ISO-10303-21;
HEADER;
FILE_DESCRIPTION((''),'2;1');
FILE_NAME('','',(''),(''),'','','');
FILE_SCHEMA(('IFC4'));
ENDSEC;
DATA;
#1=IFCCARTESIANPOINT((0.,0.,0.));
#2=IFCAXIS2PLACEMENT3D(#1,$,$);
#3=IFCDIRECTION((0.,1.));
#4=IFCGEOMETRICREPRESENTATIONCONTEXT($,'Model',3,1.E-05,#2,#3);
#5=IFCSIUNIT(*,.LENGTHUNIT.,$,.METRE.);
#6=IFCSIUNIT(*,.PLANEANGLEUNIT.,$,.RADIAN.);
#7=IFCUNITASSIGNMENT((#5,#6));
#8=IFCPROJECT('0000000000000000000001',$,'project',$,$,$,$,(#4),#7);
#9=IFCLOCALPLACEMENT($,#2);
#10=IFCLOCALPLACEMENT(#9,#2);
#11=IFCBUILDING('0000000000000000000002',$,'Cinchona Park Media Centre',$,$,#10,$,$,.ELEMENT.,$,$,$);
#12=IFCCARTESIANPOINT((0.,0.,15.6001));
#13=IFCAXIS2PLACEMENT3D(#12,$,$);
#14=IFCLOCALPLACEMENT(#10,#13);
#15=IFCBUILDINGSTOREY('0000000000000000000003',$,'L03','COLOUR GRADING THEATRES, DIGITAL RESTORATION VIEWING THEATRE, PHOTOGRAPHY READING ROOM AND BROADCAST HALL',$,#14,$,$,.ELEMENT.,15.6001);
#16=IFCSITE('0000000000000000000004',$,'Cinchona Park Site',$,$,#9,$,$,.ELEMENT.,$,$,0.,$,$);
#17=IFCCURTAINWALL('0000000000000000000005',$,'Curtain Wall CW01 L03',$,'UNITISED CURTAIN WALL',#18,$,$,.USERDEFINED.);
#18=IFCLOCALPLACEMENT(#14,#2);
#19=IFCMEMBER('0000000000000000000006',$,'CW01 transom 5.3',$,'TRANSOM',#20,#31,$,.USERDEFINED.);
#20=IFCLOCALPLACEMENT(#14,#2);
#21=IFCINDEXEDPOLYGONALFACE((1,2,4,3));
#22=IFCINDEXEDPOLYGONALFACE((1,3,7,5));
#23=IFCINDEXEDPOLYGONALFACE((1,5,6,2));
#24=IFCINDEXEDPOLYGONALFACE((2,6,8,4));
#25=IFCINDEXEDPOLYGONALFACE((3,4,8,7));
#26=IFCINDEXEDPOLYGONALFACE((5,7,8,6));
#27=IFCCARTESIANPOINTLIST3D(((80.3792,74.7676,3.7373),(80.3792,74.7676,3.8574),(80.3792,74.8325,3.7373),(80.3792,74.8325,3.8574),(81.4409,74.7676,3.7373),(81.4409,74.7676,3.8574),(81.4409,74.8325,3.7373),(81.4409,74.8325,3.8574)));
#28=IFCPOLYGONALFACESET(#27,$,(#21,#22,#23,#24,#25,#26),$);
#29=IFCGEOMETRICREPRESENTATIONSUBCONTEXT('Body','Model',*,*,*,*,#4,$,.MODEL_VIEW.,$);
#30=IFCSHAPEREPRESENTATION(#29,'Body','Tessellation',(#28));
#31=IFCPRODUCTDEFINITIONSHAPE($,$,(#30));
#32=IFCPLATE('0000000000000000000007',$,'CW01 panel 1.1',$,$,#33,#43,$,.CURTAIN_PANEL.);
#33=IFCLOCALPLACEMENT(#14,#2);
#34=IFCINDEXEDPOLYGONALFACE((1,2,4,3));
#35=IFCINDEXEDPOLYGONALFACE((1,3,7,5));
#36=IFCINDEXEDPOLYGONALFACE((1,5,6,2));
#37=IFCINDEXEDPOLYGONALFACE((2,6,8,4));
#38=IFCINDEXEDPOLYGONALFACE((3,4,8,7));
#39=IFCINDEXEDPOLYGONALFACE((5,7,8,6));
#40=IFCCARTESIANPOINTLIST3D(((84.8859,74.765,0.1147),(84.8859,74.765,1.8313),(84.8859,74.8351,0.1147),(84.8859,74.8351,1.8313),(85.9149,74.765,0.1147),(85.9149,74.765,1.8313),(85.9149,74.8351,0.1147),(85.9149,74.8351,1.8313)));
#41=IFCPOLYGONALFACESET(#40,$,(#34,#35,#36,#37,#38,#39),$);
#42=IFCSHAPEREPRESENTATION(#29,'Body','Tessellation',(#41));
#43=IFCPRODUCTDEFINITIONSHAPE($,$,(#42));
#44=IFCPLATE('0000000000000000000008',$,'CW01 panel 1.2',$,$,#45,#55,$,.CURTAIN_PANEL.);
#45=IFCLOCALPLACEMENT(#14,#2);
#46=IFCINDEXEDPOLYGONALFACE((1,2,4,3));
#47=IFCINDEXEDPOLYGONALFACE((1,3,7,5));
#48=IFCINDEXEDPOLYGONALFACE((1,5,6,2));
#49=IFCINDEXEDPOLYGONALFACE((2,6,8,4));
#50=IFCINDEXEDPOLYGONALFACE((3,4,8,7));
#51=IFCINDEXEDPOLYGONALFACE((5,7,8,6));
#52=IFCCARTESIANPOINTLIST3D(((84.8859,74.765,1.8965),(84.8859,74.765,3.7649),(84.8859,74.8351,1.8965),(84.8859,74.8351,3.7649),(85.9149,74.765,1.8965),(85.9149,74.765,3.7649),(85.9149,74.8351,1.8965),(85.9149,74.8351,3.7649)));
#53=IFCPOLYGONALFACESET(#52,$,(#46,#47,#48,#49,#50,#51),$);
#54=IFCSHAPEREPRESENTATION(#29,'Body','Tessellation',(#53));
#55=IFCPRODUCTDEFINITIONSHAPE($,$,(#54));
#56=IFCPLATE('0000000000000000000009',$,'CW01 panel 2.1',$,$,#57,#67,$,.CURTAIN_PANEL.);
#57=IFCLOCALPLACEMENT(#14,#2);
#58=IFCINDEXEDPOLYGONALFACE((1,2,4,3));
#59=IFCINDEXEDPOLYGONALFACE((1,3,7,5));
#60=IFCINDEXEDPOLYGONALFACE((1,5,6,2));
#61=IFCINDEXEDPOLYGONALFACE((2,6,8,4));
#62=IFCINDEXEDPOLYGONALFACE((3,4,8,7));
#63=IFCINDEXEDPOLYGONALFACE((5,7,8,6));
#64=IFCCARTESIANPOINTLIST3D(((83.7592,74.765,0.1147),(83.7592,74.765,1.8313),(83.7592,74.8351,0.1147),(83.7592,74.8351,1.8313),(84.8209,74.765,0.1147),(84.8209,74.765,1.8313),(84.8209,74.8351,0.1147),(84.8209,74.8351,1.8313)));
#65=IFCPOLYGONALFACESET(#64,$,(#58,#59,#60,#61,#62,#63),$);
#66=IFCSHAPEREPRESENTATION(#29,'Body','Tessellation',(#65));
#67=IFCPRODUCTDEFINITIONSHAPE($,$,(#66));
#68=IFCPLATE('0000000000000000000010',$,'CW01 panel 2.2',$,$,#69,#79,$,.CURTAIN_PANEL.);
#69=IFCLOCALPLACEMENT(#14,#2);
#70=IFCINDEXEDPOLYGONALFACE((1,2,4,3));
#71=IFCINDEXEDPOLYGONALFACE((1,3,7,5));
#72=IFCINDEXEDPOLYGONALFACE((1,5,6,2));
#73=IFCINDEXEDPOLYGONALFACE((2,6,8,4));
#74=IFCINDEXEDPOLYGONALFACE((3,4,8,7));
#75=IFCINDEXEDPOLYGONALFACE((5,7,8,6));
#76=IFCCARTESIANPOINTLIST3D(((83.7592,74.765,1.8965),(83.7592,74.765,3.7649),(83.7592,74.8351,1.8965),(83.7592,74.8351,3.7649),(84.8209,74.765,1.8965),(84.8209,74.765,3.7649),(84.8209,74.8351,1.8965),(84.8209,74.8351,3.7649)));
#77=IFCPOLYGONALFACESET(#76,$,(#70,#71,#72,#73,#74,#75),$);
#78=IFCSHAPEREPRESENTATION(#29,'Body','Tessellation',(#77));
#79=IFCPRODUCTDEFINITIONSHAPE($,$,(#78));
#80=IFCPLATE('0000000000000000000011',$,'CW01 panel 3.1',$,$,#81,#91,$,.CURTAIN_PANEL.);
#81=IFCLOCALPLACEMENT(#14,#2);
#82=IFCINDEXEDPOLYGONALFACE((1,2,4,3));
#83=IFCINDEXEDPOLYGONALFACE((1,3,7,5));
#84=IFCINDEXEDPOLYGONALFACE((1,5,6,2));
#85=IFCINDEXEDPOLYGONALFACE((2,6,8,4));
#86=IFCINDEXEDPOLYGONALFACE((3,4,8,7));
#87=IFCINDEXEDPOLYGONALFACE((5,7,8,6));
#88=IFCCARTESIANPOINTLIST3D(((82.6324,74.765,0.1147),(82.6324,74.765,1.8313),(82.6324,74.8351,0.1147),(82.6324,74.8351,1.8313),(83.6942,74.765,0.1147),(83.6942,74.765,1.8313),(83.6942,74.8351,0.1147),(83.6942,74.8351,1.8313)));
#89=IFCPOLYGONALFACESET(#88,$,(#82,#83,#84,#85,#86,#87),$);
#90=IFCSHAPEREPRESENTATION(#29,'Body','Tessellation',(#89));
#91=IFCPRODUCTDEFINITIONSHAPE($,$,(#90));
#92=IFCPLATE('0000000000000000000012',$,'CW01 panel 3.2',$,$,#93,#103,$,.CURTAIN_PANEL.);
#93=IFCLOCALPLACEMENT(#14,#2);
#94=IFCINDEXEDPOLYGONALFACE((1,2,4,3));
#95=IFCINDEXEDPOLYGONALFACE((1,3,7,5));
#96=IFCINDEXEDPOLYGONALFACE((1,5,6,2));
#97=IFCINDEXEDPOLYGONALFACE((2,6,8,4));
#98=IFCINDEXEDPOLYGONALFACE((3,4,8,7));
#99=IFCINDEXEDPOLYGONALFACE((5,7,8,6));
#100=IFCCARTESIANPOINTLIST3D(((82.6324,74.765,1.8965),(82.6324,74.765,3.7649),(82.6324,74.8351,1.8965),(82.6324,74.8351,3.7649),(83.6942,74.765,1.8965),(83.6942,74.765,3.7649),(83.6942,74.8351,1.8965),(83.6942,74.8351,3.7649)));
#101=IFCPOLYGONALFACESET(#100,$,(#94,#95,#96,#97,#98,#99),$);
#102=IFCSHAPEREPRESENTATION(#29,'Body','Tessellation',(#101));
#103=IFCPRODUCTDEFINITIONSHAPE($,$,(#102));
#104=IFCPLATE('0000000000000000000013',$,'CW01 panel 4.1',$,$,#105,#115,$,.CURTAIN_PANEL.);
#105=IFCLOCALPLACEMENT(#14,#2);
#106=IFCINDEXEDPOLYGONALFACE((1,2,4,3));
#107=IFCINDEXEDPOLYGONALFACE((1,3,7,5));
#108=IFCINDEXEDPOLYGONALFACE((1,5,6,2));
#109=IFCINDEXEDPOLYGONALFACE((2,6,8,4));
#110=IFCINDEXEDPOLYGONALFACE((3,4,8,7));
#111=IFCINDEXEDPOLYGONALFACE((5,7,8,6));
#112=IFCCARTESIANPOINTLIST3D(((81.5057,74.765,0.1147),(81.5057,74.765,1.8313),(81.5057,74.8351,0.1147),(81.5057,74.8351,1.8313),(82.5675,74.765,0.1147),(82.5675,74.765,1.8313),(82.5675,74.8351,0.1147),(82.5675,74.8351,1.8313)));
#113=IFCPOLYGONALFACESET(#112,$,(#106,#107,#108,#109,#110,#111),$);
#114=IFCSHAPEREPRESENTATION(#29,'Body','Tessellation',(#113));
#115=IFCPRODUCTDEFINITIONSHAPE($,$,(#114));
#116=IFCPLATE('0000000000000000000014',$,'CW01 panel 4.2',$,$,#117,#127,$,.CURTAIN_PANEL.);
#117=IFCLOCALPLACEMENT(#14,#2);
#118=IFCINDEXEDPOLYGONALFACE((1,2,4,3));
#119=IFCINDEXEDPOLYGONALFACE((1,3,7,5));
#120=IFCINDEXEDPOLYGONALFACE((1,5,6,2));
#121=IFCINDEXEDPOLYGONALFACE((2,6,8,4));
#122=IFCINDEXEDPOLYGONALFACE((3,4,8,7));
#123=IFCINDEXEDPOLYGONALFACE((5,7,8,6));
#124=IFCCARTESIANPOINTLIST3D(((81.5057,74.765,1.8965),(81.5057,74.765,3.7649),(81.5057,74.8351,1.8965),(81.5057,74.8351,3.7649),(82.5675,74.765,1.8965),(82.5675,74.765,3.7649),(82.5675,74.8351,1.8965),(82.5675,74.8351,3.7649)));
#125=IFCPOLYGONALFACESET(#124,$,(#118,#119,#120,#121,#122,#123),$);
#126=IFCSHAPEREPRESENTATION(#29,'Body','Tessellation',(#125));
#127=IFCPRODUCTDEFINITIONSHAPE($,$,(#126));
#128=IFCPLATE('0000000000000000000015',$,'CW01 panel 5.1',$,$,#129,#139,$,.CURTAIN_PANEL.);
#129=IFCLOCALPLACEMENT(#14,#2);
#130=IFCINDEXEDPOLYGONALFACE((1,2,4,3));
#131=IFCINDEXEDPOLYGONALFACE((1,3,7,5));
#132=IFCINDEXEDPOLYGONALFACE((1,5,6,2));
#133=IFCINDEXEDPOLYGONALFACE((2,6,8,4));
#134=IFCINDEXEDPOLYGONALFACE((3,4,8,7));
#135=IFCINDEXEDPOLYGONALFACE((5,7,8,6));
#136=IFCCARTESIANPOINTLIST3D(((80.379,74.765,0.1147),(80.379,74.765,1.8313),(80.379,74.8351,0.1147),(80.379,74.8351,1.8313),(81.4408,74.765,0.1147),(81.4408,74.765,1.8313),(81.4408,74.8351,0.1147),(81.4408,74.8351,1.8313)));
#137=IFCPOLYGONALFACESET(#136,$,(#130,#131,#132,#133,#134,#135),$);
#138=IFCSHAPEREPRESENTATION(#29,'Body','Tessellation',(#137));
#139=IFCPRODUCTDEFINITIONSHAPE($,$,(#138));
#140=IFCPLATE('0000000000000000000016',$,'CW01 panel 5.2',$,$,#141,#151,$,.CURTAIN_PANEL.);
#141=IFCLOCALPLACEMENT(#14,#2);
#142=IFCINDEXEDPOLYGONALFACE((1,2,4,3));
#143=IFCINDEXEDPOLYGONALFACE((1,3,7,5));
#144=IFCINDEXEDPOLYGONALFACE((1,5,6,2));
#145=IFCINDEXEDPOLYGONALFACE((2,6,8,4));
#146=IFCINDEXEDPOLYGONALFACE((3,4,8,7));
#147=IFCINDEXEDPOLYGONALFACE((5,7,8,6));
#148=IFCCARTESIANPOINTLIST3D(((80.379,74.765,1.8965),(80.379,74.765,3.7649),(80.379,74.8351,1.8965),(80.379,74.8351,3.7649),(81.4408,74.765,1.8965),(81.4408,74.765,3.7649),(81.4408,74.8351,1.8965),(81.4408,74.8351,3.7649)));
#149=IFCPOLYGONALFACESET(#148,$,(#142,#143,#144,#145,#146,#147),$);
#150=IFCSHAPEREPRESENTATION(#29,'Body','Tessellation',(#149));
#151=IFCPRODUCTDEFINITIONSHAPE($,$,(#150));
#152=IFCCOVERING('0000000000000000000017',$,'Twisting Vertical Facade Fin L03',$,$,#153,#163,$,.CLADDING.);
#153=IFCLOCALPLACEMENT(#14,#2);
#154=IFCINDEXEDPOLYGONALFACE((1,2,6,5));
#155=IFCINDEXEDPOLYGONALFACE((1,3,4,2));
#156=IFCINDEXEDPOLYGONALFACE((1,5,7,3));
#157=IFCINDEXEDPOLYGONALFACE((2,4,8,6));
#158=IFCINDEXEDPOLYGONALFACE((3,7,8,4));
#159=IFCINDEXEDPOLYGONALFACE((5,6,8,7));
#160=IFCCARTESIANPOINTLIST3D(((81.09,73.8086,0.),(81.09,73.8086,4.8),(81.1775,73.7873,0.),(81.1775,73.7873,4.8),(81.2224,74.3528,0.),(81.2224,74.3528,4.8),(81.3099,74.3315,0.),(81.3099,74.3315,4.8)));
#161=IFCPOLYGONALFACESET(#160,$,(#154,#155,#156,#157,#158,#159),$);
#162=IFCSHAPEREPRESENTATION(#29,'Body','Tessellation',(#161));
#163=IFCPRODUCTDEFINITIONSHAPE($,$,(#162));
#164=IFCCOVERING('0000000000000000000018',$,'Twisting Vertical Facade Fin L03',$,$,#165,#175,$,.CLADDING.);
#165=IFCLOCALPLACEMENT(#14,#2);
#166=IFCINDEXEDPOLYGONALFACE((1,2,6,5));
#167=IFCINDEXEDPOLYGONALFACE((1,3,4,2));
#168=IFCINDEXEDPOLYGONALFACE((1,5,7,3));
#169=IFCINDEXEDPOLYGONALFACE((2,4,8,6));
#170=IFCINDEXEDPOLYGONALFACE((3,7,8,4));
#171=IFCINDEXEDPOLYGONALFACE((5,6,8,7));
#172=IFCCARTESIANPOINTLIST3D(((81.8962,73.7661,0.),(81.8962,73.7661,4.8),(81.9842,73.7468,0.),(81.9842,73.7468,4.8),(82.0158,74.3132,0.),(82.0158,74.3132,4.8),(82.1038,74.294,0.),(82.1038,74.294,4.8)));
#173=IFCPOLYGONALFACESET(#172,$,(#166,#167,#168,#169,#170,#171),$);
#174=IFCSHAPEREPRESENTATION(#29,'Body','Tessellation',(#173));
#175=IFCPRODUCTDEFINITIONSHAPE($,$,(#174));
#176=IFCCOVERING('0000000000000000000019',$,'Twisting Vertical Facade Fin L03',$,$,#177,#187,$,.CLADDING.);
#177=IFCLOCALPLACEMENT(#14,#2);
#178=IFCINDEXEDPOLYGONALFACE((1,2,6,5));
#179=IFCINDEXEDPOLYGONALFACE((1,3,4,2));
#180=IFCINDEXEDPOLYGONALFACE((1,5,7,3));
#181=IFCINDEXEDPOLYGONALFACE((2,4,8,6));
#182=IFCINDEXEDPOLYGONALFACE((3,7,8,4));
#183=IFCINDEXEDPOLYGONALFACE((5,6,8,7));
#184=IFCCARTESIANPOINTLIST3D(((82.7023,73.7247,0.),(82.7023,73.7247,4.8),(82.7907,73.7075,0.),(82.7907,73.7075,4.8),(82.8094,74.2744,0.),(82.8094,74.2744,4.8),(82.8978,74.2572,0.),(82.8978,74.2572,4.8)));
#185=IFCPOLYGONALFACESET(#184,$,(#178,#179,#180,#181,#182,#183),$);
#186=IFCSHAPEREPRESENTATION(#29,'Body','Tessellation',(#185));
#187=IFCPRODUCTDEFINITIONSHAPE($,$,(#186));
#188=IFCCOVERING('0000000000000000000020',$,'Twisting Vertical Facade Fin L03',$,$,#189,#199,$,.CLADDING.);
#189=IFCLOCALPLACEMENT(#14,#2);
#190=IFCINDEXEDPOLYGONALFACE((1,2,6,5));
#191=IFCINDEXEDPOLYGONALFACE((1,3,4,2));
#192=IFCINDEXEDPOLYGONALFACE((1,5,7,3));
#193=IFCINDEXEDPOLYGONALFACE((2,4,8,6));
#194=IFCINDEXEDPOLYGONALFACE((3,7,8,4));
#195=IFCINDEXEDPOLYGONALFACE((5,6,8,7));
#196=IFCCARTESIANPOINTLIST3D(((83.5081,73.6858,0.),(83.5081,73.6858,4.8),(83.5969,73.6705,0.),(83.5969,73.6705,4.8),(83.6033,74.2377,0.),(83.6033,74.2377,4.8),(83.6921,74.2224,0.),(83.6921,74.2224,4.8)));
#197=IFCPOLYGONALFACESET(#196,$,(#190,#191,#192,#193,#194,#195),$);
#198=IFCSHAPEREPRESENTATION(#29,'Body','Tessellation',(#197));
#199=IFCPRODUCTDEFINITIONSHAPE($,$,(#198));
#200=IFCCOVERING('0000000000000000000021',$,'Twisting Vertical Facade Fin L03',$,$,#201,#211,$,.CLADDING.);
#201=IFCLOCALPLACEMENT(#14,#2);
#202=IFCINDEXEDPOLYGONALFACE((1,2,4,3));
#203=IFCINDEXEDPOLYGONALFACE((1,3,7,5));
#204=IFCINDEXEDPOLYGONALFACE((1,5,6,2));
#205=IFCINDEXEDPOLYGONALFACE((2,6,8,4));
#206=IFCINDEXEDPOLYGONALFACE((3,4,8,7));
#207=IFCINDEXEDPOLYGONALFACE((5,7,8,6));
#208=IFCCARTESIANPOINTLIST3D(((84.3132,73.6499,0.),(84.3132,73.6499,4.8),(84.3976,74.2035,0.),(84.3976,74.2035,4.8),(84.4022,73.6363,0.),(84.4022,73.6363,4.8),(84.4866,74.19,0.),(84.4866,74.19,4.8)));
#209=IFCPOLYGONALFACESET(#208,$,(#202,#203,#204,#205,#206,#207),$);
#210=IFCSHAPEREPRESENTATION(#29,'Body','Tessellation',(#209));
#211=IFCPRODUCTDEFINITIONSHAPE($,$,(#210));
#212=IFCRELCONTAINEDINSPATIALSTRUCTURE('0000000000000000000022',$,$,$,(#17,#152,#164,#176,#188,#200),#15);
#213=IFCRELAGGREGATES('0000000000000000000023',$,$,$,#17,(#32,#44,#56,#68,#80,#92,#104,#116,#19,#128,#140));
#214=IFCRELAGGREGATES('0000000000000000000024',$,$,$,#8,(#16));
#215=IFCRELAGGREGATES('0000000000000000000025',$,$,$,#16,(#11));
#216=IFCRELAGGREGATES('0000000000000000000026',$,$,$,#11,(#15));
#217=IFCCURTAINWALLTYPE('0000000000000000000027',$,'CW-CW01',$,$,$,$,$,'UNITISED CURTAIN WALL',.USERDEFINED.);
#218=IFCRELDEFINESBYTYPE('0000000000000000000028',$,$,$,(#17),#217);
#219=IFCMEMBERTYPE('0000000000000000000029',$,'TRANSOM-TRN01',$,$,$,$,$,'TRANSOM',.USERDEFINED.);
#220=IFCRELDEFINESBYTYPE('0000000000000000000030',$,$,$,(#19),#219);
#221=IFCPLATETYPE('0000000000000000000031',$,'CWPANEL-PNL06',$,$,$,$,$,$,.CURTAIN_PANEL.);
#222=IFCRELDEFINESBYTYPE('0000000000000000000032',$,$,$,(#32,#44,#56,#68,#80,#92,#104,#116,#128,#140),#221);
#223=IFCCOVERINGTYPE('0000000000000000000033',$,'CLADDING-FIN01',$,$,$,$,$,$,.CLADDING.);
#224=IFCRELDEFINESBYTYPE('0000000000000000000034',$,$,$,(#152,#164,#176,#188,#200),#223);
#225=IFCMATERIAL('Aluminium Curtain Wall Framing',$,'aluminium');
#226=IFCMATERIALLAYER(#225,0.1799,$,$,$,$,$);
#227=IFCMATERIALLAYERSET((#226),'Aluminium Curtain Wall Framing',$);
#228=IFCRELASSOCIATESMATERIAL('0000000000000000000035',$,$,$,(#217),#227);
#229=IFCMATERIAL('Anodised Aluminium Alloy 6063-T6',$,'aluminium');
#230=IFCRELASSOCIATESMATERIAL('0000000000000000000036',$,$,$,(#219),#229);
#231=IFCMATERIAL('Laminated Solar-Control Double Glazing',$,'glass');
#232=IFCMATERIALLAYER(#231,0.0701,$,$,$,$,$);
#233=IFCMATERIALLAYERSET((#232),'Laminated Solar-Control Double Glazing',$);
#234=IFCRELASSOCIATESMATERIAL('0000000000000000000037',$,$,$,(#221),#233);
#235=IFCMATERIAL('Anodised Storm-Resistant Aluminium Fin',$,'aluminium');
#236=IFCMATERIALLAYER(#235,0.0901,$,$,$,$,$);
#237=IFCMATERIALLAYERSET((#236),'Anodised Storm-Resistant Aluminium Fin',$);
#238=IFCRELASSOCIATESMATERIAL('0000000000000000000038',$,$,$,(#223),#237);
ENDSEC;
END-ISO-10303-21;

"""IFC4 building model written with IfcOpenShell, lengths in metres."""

from ifc_helpers import new_model, si_unit, direction, frame, origin, origin_2d, place, context, subcontext, project, spatial, rectangle, extrude, material, layer, layer_set, material_profile, profile_set, type_object, element, aggregate, save


model = new_model("IFC4")

# Units and contexts
model_context = context("Model", 3, precision=1e-05, world=origin(), true_north=direction((0.0, 1.0)))
body_context = subcontext(model_context, "Body", "Model", "MODEL_VIEW")
ifc_project = project(units=[si_unit("LENGTHUNIT", "METRE"), si_unit("PLANEANGLEUNIT", "RADIAN")], contexts=[model_context])

# Site, building, storey
site_placement = place(None, origin())
site = spatial("IfcSite", under=ifc_project, at=site_placement, Name="Cinchona Park Site", CompositionType="ELEMENT", RefElevation=0.0)
building_placement = place(site_placement, origin())
building = spatial("IfcBuilding", under=site, at=building_placement, Name="Cinchona Park Media Centre", CompositionType="ELEMENT")
storey_placement = place(building_placement, frame((0.0, 0.0, 15.6001)))
storey = spatial("IfcBuildingStorey", under=building, at=storey_placement, Name="L03", Description="COLOUR GRADING THEATRES, DIGITAL RESTORATION VIEWING THEATRE, PHOTOGRAPHY READING ROOM AND BROADCAST HALL", CompositionType="ELEMENT", Elevation=15.6001)

# Curtain wall, member, plates
ifc_material_1 = material(Name="Aluminium Curtain Wall Framing", Category="aluminium")
ifc_layer_1 = layer(ifc_material_1, 0.1799)
ifc_layer_set_1 = layer_set([ifc_layer_1], Name="Aluminium Curtain Wall Framing")
curtain_wall_type = type_object("IfcCurtainWallType", Name="CW-CW01", ElementType="UNITISED CURTAIN WALL", PredefinedType="USERDEFINED", material=ifc_layer_set_1)
curtain_wall_placement = place(storey_placement, origin())
curtain_wall = element("IfcCurtainWall", 1, at=curtain_wall_placement, inside=storey, type_object=curtain_wall_type, Name="Curtain Wall CW01 L03", ObjectType="UNITISED CURTAIN WALL", PredefinedType="USERDEFINED")
ifc_material_2 = material(Name="Anodised Aluminium Alloy 6063-T6", Category="aluminium")
ifc_material_profile_1 = material_profile(ifc_material_2, rectangle(XDim=0.0649, YDim=0.1201, at=origin_2d()), Name="TRN-65X120")
ifc_profile_set_1 = profile_set([ifc_material_profile_1], Name="Anodised Aluminium Alloy 6063-T6")
member_type_1 = type_object("IfcMemberType", Name="TRANSOM-TRN01", ElementType="TRANSOM", PredefinedType="USERDEFINED", material=ifc_profile_set_1)
member_1_placement = place(storey_placement, frame((81.4409, 74.8, 3.7974), z_axis=(-1.0, 0.0, 0.0), x_axis=(0.0, -1.0, 0.0)))
member_1 = element("IfcMember", 2, at=member_1_placement, type_object=member_type_1, Name="CW01 transom 5.3", ObjectType="TRANSOM", PredefinedType="USERDEFINED", context=body_context, shape_type="SweptSolid", body=[
    extrude(rectangle(XDim=0.0649, YDim=0.1201, at=origin_2d()), origin(), (0.0, 0.0, 1.0), 1.0618),
])
ifc_material_3 = material(Name="Laminated Solar-Control Double Glazing", Category="glass")
ifc_layer_2 = layer(ifc_material_3, 0.0701)
ifc_layer_set_2 = layer_set([ifc_layer_2], Name="Laminated Solar-Control Double Glazing")
plate_type = type_object("IfcPlateType", Name="CWPANEL-PNL06", PredefinedType="CURTAIN_PANEL", material=ifc_layer_set_2)
plate_1_placement = place(storey_placement, frame((85.4004, 74.8, 0.1147), z_axis=(0.0, 0.0, 1.0), x_axis=(-1.0, 0.0, 0.0)))
plate_1 = element("IfcPlate", 3, at=plate_1_placement, type_object=plate_type, Name="CW01 panel 1.1", PredefinedType="CURTAIN_PANEL", context=body_context, shape_type="SweptSolid", body=[
    extrude(rectangle(XDim=1.0291, YDim=0.0701, at=origin_2d()), origin(), (0.0, 0.0, 1.0), 1.7166),
])
plate_2_placement = place(storey_placement, frame((85.4004, 74.8, 1.8965), z_axis=(0.0, 0.0, 1.0), x_axis=(-1.0, 0.0, 0.0)))
plate_2 = element("IfcPlate", 4, at=plate_2_placement, type_object=plate_type, Name="CW01 panel 1.2", PredefinedType="CURTAIN_PANEL", context=body_context, shape_type="SweptSolid", body=[
    extrude(rectangle(XDim=1.0291, YDim=0.0701, at=origin_2d()), origin(), (0.0, 0.0, 1.0), 1.8684),
])
plate_3_placement = place(storey_placement, frame((84.29, 74.8, 0.1147), z_axis=(0.0, 0.0, 1.0), x_axis=(-1.0, 0.0, 0.0)))
plate_3 = element("IfcPlate", 5, at=plate_3_placement, type_object=plate_type, Name="CW01 panel 2.1", PredefinedType="CURTAIN_PANEL", context=body_context, shape_type="SweptSolid", body=[
    extrude(rectangle(XDim=1.0618, YDim=0.0701, at=origin_2d()), origin(), (0.0, 0.0, 1.0), 1.7166),
])
plate_4_placement = place(storey_placement, frame((84.29, 74.8, 1.8965), z_axis=(0.0, 0.0, 1.0), x_axis=(-1.0, 0.0, 0.0)))
plate_4 = element("IfcPlate", 6, at=plate_4_placement, type_object=plate_type, Name="CW01 panel 2.2", PredefinedType="CURTAIN_PANEL", context=body_context, shape_type="SweptSolid", body=[
    extrude(rectangle(XDim=1.0618, YDim=0.0701, at=origin_2d()), origin(), (0.0, 0.0, 1.0), 1.8684),
])
plate_5_placement = place(storey_placement, frame((83.1633, 74.8, 0.1147), z_axis=(0.0, 0.0, 1.0), x_axis=(-1.0, 0.0, 0.0)))
plate_5 = element("IfcPlate", 7, at=plate_5_placement, type_object=plate_type, Name="CW01 panel 3.1", PredefinedType="CURTAIN_PANEL", context=body_context, shape_type="SweptSolid", body=[
    extrude(rectangle(XDim=1.0618, YDim=0.0701, at=origin_2d()), origin(), (0.0, 0.0, 1.0), 1.7166),
])
plate_6_placement = place(storey_placement, frame((83.1633, 74.8, 1.8965), z_axis=(0.0, 0.0, 1.0), x_axis=(-1.0, 0.0, 0.0)))
plate_6 = element("IfcPlate", 8, at=plate_6_placement, type_object=plate_type, Name="CW01 panel 3.2", PredefinedType="CURTAIN_PANEL", context=body_context, shape_type="SweptSolid", body=[
    extrude(rectangle(XDim=1.0618, YDim=0.0701, at=origin_2d()), origin(), (0.0, 0.0, 1.0), 1.8684),
])
plate_7_placement = place(storey_placement, frame((82.0366, 74.8, 0.1147), z_axis=(0.0, 0.0, 1.0), x_axis=(-1.0, 0.0, 0.0)))
plate_7 = element("IfcPlate", 9, at=plate_7_placement, type_object=plate_type, Name="CW01 panel 4.1", PredefinedType="CURTAIN_PANEL", context=body_context, shape_type="SweptSolid", body=[
    extrude(rectangle(XDim=1.0618, YDim=0.0701, at=origin_2d()), origin(), (0.0, 0.0, 1.0), 1.7166),
])
plate_8_placement = place(storey_placement, frame((82.0366, 74.8, 1.8965), z_axis=(0.0, 0.0, 1.0), x_axis=(-1.0, 0.0, 0.0)))
plate_8 = element("IfcPlate", 10, at=plate_8_placement, type_object=plate_type, Name="CW01 panel 4.2", PredefinedType="CURTAIN_PANEL", context=body_context, shape_type="SweptSolid", body=[
    extrude(rectangle(XDim=1.0618, YDim=0.0701, at=origin_2d()), origin(), (0.0, 0.0, 1.0), 1.8684),
])
plate_9_placement = place(storey_placement, frame((80.9099, 74.8, 0.1147), z_axis=(0.0, 0.0, 1.0), x_axis=(-1.0, 0.0, 0.0)))
plate_9 = element("IfcPlate", 11, at=plate_9_placement, type_object=plate_type, Name="CW01 panel 5.1", PredefinedType="CURTAIN_PANEL", context=body_context, shape_type="SweptSolid", body=[
    extrude(rectangle(XDim=1.0618, YDim=0.0701, at=origin_2d()), origin(), (0.0, 0.0, 1.0), 1.7166),
])
plate_10_placement = place(storey_placement, frame((80.9099, 74.8, 1.8965), z_axis=(0.0, 0.0, 1.0), x_axis=(-1.0, 0.0, 0.0)))
plate_10 = element("IfcPlate", 12, at=plate_10_placement, type_object=plate_type, Name="CW01 panel 5.2", PredefinedType="CURTAIN_PANEL", context=body_context, shape_type="SweptSolid", body=[
    extrude(rectangle(XDim=1.0618, YDim=0.0701, at=origin_2d()), origin(), (0.0, 0.0, 1.0), 1.8684),
])
aggregate(curtain_wall, [plate_1, plate_2, plate_3, plate_4, plate_5, plate_6, plate_7, plate_8, member_1, plate_9, plate_10])

# Coverings
ifc_material_4 = material(Name="Anodised Storm-Resistant Aluminium Fin", Category="aluminium")
ifc_layer_3 = layer(ifc_material_4, 0.0901)
ifc_layer_set_3 = layer_set([ifc_layer_3], Name="Anodised Storm-Resistant Aluminium Fin")
covering_type = type_object("IfcCoveringType", Name="CLADDING-FIN01", PredefinedType="CLADDING", material=ifc_layer_set_3)
for number, where, z_axis, x_axis, name in (
    (13, (81.2, 74.0701, 0.0), (0.0, 0.0, 1.0), (0.236329, 0.971673, 0.0), "Twisting Vertical Facade Fin L03"),
    (14, (82.0, 74.03, 0.0), (0.0, 0.0, 1.0), (0.213542, 0.976934, 0.0), "Twisting Vertical Facade Fin L03"),
    (15, (82.8, 73.991, 0.0), (0.0, 0.0, 1.0), (0.191323, 0.981527, 0.0), "Twisting Vertical Facade Fin L03"),
    (16, (83.6001, 73.9541, 0.0), (0.0, 0.0, 1.0), (0.170038, 0.985438, 0.0), "Twisting Vertical Facade Fin L03"),
    (17, (84.3999, 73.9199, 0.0), (0.0, 0.0, 1.0), (0.150743, 0.988573, 0.0), "Twisting Vertical Facade Fin L03"),
):
    element("IfcCovering", number, at=place(storey_placement, frame(where, z_axis=z_axis, x_axis=x_axis)), inside=storey, type_object=covering_type, Name=name, PredefinedType="CLADDING", context=body_context, shape_type="SweptSolid", body=[
        extrude(rectangle(XDim=0.5601, YDim=0.0901, at=origin_2d()), origin(), (0.0, 0.0, 1.0), 4.8),
    ])

save(model, "model.ifc")
